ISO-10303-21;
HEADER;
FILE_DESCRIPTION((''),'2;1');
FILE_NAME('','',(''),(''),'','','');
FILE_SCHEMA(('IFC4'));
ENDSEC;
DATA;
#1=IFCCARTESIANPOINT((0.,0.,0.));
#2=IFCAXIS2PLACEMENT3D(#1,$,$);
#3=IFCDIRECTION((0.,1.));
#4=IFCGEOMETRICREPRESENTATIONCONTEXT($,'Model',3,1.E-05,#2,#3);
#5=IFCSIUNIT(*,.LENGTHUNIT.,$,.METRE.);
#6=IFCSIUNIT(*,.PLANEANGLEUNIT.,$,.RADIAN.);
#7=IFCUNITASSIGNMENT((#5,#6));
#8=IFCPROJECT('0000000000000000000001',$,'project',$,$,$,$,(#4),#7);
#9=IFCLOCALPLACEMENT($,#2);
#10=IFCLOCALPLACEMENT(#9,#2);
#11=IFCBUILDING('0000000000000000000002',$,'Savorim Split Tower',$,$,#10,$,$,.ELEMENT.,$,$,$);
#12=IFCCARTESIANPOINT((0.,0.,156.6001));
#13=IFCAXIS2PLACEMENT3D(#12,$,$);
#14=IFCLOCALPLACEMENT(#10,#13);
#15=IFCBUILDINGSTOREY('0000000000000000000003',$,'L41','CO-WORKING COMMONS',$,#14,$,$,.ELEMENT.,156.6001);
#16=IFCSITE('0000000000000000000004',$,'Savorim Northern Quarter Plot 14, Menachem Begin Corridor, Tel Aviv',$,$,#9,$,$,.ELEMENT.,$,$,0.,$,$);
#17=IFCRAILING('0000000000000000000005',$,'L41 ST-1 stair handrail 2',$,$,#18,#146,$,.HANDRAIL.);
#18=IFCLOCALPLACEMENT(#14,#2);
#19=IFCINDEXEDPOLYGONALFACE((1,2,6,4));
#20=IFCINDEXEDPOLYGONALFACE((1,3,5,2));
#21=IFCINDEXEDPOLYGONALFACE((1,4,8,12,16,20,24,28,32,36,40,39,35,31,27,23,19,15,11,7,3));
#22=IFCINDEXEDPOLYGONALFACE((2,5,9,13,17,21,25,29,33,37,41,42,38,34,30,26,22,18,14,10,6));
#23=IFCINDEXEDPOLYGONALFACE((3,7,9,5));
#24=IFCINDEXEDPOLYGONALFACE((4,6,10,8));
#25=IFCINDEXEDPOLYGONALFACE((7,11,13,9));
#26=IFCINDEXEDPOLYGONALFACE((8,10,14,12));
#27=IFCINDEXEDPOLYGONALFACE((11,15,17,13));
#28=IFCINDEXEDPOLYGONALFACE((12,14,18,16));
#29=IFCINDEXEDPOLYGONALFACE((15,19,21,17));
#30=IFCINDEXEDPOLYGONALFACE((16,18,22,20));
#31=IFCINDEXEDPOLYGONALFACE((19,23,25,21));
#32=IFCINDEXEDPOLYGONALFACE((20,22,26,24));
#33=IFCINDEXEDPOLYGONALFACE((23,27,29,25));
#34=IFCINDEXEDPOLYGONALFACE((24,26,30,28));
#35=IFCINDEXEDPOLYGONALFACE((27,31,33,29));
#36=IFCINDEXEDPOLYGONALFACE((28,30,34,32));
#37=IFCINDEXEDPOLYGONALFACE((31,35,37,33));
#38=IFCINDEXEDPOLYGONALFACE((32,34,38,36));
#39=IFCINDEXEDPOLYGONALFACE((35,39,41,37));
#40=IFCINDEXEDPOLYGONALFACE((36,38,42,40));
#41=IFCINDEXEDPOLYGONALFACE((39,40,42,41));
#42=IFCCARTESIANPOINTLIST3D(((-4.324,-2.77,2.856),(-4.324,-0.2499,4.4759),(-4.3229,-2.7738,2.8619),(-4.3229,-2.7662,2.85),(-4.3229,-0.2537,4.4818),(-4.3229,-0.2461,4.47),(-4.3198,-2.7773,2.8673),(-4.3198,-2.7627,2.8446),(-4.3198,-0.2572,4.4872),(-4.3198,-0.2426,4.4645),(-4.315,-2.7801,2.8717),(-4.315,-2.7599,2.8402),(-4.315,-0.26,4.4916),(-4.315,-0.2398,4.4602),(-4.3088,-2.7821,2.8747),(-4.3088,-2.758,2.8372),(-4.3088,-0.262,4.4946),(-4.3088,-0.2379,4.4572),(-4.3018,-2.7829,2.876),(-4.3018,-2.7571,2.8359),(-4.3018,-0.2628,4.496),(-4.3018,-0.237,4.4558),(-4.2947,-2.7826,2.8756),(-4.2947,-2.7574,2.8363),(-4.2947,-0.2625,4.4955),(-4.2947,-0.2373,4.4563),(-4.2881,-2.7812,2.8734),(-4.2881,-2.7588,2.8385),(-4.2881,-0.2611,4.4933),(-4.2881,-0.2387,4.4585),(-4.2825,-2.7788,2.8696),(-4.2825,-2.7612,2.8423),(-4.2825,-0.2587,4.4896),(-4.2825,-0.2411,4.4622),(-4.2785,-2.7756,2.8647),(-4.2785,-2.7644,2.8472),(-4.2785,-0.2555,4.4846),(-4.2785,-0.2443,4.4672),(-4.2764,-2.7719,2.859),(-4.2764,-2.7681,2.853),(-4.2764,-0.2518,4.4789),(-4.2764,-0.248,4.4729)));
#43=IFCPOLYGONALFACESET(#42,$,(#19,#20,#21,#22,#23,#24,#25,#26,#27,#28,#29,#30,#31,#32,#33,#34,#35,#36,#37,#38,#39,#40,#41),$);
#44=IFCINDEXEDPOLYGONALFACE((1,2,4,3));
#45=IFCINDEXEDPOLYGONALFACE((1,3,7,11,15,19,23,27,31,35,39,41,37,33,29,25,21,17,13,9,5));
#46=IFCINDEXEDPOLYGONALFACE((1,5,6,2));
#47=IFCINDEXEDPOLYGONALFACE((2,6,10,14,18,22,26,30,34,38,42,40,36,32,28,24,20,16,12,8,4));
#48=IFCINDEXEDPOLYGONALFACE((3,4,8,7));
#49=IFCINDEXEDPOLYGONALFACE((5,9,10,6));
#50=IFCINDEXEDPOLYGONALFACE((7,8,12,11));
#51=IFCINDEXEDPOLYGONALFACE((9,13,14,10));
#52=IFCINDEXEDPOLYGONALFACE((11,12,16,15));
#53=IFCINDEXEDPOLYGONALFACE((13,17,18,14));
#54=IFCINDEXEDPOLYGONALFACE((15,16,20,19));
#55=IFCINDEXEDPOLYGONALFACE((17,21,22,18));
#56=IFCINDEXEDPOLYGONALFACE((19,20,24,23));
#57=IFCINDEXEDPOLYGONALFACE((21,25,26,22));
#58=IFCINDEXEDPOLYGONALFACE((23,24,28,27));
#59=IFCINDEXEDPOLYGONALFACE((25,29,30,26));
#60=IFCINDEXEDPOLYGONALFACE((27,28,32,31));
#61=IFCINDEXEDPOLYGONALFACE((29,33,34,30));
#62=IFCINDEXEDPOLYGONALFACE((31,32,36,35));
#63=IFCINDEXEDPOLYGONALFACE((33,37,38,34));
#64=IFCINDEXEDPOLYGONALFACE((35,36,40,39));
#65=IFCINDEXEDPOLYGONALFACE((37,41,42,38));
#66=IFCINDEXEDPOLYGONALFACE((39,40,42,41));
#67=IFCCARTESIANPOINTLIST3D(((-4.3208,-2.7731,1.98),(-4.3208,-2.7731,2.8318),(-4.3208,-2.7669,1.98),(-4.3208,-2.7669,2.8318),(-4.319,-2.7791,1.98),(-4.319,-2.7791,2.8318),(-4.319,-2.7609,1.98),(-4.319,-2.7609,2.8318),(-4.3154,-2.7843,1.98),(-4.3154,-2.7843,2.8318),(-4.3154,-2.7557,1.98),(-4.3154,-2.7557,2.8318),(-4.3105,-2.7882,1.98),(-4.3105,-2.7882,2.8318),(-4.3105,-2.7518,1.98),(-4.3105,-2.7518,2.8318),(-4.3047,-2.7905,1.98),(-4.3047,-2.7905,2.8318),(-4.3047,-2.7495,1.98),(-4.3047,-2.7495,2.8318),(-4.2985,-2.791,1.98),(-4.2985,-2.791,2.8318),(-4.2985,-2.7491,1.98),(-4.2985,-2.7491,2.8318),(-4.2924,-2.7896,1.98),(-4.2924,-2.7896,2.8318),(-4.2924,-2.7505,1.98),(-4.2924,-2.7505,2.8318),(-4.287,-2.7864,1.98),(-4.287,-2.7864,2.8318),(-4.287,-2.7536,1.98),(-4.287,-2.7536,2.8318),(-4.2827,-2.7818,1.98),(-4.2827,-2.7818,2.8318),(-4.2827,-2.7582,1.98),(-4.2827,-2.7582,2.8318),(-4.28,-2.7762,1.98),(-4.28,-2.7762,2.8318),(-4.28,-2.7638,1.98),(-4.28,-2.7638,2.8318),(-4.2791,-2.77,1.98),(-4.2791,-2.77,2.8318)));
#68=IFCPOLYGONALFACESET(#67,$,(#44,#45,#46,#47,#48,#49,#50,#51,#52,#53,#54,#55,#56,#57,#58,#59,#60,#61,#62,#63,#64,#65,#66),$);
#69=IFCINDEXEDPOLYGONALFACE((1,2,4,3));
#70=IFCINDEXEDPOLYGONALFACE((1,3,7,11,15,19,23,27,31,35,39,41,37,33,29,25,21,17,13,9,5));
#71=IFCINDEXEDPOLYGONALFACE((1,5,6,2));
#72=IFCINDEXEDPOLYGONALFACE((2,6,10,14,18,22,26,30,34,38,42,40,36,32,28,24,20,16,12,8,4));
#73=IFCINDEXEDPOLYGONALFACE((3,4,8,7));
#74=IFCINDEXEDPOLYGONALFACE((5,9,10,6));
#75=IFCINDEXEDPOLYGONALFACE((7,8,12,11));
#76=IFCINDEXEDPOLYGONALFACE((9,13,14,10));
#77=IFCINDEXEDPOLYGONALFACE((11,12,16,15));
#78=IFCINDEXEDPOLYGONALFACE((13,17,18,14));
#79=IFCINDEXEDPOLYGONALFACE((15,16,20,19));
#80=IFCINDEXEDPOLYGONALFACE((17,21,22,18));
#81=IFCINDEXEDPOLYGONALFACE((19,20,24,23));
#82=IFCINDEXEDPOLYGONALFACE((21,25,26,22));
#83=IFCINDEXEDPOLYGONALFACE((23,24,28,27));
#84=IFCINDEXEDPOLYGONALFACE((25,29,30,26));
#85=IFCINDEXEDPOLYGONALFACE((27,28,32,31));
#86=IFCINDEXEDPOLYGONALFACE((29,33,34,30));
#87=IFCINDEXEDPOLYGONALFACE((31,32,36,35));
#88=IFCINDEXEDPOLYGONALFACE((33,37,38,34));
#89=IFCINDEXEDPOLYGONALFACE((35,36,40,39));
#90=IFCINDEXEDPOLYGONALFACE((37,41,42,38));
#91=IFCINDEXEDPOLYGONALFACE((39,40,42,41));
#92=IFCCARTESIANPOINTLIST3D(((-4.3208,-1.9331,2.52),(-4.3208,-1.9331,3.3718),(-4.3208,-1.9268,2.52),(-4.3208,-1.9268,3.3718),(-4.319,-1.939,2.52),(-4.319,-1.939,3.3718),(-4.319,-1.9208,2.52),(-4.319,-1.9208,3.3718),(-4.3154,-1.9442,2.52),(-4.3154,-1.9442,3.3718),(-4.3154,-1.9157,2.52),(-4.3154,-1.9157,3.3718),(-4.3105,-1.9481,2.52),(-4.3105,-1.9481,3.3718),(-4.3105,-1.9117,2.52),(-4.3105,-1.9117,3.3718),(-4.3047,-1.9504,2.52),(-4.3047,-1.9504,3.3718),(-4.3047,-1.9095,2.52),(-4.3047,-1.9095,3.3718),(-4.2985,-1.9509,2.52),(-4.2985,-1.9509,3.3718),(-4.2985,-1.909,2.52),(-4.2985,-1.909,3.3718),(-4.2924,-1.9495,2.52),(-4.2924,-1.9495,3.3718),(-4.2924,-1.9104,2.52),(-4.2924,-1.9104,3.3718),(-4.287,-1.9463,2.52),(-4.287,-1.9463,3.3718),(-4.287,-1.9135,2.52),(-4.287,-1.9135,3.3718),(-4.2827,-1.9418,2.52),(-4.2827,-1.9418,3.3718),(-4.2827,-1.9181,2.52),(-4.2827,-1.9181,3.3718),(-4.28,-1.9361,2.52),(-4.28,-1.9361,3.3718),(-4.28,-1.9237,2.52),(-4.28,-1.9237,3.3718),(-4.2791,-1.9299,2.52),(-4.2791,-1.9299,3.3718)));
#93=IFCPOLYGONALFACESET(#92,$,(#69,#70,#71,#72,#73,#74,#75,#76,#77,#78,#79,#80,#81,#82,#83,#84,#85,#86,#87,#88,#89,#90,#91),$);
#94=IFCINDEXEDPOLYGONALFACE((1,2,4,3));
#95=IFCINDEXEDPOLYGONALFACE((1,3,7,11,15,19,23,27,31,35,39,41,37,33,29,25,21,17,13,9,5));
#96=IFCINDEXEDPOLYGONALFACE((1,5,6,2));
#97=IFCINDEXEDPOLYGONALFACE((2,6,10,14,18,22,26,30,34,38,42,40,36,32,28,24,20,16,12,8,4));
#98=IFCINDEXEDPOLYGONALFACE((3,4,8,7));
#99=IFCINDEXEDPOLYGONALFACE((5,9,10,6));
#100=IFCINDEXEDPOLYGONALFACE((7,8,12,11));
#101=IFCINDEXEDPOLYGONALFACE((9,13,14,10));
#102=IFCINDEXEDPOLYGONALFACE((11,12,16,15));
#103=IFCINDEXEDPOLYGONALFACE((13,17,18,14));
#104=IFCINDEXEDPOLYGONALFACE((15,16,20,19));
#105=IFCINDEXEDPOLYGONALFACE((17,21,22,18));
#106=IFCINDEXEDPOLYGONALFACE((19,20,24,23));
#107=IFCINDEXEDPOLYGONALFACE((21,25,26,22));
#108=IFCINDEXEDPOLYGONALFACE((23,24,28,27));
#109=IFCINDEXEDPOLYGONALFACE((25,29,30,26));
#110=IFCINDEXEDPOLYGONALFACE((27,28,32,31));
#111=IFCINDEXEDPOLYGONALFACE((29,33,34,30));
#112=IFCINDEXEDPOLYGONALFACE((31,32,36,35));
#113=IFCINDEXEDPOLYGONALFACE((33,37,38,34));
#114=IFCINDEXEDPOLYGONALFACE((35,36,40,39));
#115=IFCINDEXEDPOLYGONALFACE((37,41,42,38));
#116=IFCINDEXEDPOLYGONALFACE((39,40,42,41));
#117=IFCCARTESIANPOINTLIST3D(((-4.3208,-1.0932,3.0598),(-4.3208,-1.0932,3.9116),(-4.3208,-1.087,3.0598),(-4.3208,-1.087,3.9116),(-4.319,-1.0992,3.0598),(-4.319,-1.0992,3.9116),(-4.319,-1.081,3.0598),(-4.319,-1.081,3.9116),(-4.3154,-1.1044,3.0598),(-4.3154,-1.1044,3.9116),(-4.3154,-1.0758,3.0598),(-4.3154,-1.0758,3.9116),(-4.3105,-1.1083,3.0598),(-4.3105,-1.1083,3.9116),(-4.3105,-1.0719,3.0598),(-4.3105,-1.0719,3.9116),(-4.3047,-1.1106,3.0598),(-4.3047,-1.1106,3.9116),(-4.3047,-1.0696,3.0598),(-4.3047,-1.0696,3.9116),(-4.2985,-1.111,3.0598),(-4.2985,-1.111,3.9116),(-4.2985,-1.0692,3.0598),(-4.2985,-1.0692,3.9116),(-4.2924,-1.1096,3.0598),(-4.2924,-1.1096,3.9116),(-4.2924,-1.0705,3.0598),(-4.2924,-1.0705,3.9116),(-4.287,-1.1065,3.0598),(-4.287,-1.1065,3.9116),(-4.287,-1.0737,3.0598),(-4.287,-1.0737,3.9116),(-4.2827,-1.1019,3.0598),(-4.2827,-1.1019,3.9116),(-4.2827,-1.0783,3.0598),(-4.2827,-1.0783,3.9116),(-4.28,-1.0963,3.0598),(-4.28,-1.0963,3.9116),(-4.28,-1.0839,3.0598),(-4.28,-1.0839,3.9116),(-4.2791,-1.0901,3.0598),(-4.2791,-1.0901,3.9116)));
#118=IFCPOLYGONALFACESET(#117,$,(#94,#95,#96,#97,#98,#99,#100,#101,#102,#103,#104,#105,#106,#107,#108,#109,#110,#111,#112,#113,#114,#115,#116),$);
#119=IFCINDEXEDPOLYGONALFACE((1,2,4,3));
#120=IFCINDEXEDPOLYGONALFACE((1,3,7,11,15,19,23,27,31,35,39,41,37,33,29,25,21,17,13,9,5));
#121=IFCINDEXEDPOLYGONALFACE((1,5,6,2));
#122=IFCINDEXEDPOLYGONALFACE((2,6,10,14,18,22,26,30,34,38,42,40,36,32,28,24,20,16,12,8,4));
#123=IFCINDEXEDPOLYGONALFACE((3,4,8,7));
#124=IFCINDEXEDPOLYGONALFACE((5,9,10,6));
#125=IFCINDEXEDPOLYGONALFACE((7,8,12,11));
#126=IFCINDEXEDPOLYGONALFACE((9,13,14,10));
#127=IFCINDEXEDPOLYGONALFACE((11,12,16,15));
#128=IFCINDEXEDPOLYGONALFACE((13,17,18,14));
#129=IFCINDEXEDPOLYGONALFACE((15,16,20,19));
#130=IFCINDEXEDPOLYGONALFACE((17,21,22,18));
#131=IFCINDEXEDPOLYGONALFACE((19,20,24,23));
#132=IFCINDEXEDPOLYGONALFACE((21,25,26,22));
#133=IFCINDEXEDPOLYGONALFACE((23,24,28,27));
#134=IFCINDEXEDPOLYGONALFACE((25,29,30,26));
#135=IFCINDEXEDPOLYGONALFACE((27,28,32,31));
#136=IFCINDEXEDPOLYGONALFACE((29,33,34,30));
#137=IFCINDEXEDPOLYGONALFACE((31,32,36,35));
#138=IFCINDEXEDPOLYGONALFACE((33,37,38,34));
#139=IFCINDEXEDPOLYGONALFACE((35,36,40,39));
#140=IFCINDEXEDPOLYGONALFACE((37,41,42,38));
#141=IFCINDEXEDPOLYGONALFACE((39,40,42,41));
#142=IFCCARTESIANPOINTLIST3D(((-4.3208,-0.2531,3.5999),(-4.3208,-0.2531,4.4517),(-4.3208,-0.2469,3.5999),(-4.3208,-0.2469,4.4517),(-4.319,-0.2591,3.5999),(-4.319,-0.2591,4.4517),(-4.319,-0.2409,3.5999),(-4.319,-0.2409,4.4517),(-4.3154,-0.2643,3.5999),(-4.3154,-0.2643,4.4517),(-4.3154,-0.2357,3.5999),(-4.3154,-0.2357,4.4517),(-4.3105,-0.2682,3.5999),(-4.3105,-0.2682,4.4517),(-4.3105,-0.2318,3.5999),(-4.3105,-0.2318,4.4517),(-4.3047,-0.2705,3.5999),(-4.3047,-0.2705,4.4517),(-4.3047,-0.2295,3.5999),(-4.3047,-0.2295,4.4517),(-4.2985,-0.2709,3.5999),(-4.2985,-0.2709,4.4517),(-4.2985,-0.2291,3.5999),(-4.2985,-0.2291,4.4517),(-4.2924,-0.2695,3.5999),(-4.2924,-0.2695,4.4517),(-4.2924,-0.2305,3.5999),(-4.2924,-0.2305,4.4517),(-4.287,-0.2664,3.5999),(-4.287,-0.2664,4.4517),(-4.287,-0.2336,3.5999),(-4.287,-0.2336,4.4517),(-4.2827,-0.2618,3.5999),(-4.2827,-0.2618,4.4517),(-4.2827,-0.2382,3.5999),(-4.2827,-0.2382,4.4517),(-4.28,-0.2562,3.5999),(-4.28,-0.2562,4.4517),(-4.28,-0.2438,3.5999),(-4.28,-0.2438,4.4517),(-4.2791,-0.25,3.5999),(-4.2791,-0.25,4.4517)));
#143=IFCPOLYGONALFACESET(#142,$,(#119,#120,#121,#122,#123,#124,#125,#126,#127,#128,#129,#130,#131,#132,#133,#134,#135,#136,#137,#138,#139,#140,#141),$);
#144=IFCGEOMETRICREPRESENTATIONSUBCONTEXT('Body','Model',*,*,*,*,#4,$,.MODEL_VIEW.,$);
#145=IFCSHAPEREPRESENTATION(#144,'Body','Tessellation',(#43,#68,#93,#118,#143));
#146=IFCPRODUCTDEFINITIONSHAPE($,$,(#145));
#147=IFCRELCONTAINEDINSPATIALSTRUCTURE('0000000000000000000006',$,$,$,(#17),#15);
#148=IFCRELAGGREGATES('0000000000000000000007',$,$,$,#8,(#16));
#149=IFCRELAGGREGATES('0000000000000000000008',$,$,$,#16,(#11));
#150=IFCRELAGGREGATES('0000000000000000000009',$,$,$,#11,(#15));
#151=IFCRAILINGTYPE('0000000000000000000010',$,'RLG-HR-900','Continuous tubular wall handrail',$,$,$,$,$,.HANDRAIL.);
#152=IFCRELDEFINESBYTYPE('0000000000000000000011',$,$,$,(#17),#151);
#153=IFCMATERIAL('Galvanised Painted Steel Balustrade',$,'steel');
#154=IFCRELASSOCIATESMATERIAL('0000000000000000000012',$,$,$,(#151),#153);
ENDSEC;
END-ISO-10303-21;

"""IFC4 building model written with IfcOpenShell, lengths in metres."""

from ifc_helpers import new_model, si_unit, direction, frame, origin, origin_2d, place, context, subcontext, project, spatial, circle, extrude, material, type_object, element, save


model = new_model("IFC4")

# Units and contexts
model_context = context("Model", 3, precision=1e-05, world=origin(), true_north=direction((0.0, 1.0)))
body_context = subcontext(model_context, "Body", "Model", "MODEL_VIEW")
ifc_project = project(units=[si_unit("LENGTHUNIT", "METRE"), si_unit("PLANEANGLEUNIT", "RADIAN")], contexts=[model_context])

# Site, building, storey
site_placement = place(None, origin())
site = spatial("IfcSite", under=ifc_project, at=site_placement, Name="Savorim Northern Quarter Plot 14, Menachem Begin Corridor, Tel Aviv", CompositionType="ELEMENT", RefElevation=0.0)
building_placement = place(site_placement, origin())
building = spatial("IfcBuilding", under=site, at=building_placement, Name="Savorim Split Tower", CompositionType="ELEMENT")
storey_placement = place(building_placement, frame((0.0, 0.0, 156.6001)))
storey = spatial("IfcBuildingStorey", under=building, at=storey_placement, Name="L41", Description="CO-WORKING COMMONS", CompositionType="ELEMENT", Elevation=156.6001)

# Railing
ifc_material_1 = material(Name="Galvanised Painted Steel Balustrade", Category="steel")
railing_type_1 = type_object("IfcRailingType", Name="RLG-HR-900", Description="Continuous tubular wall handrail", PredefinedType="HANDRAIL", material=ifc_material_1)
railing_1_placement = place(storey_placement, frame((-4.3, -2.77, 1.98)))
element("IfcRailing", 1, at=railing_1_placement, inside=storey, type_object=railing_type_1, Name="L41 ST-1 stair handrail 2", PredefinedType="HANDRAIL", context=body_context, shape_type="SweptSolid", body=[
    extrude(circle(Radius=0.0239, at=origin_2d()), frame((0.0, 0.0, 0.876), z_axis=(0.0, 0.8412, 0.540725), x_axis=(-1.0, 0.0, 0.0)), (0.0, 0.0, 1.0), 2.9958),
    extrude(circle(Radius=0.021, at=origin_2d()), origin(), (0.0, 0.0, 1.0), 0.8518),
    extrude(circle(Radius=0.021, at=origin_2d()), frame((0.0, 0.8401, 0.54)), (0.0, 0.0, 1.0), 0.8518),
    extrude(circle(Radius=0.021, at=origin_2d()), frame((0.0, 1.6799, 1.0798)), (0.0, 0.0, 1.0), 0.8518),
    extrude(circle(Radius=0.021, at=origin_2d()), frame((0.0, 2.52, 1.6199)), (0.0, 0.0, 1.0), 0.8518),
])

save(model, "model.ifc")
